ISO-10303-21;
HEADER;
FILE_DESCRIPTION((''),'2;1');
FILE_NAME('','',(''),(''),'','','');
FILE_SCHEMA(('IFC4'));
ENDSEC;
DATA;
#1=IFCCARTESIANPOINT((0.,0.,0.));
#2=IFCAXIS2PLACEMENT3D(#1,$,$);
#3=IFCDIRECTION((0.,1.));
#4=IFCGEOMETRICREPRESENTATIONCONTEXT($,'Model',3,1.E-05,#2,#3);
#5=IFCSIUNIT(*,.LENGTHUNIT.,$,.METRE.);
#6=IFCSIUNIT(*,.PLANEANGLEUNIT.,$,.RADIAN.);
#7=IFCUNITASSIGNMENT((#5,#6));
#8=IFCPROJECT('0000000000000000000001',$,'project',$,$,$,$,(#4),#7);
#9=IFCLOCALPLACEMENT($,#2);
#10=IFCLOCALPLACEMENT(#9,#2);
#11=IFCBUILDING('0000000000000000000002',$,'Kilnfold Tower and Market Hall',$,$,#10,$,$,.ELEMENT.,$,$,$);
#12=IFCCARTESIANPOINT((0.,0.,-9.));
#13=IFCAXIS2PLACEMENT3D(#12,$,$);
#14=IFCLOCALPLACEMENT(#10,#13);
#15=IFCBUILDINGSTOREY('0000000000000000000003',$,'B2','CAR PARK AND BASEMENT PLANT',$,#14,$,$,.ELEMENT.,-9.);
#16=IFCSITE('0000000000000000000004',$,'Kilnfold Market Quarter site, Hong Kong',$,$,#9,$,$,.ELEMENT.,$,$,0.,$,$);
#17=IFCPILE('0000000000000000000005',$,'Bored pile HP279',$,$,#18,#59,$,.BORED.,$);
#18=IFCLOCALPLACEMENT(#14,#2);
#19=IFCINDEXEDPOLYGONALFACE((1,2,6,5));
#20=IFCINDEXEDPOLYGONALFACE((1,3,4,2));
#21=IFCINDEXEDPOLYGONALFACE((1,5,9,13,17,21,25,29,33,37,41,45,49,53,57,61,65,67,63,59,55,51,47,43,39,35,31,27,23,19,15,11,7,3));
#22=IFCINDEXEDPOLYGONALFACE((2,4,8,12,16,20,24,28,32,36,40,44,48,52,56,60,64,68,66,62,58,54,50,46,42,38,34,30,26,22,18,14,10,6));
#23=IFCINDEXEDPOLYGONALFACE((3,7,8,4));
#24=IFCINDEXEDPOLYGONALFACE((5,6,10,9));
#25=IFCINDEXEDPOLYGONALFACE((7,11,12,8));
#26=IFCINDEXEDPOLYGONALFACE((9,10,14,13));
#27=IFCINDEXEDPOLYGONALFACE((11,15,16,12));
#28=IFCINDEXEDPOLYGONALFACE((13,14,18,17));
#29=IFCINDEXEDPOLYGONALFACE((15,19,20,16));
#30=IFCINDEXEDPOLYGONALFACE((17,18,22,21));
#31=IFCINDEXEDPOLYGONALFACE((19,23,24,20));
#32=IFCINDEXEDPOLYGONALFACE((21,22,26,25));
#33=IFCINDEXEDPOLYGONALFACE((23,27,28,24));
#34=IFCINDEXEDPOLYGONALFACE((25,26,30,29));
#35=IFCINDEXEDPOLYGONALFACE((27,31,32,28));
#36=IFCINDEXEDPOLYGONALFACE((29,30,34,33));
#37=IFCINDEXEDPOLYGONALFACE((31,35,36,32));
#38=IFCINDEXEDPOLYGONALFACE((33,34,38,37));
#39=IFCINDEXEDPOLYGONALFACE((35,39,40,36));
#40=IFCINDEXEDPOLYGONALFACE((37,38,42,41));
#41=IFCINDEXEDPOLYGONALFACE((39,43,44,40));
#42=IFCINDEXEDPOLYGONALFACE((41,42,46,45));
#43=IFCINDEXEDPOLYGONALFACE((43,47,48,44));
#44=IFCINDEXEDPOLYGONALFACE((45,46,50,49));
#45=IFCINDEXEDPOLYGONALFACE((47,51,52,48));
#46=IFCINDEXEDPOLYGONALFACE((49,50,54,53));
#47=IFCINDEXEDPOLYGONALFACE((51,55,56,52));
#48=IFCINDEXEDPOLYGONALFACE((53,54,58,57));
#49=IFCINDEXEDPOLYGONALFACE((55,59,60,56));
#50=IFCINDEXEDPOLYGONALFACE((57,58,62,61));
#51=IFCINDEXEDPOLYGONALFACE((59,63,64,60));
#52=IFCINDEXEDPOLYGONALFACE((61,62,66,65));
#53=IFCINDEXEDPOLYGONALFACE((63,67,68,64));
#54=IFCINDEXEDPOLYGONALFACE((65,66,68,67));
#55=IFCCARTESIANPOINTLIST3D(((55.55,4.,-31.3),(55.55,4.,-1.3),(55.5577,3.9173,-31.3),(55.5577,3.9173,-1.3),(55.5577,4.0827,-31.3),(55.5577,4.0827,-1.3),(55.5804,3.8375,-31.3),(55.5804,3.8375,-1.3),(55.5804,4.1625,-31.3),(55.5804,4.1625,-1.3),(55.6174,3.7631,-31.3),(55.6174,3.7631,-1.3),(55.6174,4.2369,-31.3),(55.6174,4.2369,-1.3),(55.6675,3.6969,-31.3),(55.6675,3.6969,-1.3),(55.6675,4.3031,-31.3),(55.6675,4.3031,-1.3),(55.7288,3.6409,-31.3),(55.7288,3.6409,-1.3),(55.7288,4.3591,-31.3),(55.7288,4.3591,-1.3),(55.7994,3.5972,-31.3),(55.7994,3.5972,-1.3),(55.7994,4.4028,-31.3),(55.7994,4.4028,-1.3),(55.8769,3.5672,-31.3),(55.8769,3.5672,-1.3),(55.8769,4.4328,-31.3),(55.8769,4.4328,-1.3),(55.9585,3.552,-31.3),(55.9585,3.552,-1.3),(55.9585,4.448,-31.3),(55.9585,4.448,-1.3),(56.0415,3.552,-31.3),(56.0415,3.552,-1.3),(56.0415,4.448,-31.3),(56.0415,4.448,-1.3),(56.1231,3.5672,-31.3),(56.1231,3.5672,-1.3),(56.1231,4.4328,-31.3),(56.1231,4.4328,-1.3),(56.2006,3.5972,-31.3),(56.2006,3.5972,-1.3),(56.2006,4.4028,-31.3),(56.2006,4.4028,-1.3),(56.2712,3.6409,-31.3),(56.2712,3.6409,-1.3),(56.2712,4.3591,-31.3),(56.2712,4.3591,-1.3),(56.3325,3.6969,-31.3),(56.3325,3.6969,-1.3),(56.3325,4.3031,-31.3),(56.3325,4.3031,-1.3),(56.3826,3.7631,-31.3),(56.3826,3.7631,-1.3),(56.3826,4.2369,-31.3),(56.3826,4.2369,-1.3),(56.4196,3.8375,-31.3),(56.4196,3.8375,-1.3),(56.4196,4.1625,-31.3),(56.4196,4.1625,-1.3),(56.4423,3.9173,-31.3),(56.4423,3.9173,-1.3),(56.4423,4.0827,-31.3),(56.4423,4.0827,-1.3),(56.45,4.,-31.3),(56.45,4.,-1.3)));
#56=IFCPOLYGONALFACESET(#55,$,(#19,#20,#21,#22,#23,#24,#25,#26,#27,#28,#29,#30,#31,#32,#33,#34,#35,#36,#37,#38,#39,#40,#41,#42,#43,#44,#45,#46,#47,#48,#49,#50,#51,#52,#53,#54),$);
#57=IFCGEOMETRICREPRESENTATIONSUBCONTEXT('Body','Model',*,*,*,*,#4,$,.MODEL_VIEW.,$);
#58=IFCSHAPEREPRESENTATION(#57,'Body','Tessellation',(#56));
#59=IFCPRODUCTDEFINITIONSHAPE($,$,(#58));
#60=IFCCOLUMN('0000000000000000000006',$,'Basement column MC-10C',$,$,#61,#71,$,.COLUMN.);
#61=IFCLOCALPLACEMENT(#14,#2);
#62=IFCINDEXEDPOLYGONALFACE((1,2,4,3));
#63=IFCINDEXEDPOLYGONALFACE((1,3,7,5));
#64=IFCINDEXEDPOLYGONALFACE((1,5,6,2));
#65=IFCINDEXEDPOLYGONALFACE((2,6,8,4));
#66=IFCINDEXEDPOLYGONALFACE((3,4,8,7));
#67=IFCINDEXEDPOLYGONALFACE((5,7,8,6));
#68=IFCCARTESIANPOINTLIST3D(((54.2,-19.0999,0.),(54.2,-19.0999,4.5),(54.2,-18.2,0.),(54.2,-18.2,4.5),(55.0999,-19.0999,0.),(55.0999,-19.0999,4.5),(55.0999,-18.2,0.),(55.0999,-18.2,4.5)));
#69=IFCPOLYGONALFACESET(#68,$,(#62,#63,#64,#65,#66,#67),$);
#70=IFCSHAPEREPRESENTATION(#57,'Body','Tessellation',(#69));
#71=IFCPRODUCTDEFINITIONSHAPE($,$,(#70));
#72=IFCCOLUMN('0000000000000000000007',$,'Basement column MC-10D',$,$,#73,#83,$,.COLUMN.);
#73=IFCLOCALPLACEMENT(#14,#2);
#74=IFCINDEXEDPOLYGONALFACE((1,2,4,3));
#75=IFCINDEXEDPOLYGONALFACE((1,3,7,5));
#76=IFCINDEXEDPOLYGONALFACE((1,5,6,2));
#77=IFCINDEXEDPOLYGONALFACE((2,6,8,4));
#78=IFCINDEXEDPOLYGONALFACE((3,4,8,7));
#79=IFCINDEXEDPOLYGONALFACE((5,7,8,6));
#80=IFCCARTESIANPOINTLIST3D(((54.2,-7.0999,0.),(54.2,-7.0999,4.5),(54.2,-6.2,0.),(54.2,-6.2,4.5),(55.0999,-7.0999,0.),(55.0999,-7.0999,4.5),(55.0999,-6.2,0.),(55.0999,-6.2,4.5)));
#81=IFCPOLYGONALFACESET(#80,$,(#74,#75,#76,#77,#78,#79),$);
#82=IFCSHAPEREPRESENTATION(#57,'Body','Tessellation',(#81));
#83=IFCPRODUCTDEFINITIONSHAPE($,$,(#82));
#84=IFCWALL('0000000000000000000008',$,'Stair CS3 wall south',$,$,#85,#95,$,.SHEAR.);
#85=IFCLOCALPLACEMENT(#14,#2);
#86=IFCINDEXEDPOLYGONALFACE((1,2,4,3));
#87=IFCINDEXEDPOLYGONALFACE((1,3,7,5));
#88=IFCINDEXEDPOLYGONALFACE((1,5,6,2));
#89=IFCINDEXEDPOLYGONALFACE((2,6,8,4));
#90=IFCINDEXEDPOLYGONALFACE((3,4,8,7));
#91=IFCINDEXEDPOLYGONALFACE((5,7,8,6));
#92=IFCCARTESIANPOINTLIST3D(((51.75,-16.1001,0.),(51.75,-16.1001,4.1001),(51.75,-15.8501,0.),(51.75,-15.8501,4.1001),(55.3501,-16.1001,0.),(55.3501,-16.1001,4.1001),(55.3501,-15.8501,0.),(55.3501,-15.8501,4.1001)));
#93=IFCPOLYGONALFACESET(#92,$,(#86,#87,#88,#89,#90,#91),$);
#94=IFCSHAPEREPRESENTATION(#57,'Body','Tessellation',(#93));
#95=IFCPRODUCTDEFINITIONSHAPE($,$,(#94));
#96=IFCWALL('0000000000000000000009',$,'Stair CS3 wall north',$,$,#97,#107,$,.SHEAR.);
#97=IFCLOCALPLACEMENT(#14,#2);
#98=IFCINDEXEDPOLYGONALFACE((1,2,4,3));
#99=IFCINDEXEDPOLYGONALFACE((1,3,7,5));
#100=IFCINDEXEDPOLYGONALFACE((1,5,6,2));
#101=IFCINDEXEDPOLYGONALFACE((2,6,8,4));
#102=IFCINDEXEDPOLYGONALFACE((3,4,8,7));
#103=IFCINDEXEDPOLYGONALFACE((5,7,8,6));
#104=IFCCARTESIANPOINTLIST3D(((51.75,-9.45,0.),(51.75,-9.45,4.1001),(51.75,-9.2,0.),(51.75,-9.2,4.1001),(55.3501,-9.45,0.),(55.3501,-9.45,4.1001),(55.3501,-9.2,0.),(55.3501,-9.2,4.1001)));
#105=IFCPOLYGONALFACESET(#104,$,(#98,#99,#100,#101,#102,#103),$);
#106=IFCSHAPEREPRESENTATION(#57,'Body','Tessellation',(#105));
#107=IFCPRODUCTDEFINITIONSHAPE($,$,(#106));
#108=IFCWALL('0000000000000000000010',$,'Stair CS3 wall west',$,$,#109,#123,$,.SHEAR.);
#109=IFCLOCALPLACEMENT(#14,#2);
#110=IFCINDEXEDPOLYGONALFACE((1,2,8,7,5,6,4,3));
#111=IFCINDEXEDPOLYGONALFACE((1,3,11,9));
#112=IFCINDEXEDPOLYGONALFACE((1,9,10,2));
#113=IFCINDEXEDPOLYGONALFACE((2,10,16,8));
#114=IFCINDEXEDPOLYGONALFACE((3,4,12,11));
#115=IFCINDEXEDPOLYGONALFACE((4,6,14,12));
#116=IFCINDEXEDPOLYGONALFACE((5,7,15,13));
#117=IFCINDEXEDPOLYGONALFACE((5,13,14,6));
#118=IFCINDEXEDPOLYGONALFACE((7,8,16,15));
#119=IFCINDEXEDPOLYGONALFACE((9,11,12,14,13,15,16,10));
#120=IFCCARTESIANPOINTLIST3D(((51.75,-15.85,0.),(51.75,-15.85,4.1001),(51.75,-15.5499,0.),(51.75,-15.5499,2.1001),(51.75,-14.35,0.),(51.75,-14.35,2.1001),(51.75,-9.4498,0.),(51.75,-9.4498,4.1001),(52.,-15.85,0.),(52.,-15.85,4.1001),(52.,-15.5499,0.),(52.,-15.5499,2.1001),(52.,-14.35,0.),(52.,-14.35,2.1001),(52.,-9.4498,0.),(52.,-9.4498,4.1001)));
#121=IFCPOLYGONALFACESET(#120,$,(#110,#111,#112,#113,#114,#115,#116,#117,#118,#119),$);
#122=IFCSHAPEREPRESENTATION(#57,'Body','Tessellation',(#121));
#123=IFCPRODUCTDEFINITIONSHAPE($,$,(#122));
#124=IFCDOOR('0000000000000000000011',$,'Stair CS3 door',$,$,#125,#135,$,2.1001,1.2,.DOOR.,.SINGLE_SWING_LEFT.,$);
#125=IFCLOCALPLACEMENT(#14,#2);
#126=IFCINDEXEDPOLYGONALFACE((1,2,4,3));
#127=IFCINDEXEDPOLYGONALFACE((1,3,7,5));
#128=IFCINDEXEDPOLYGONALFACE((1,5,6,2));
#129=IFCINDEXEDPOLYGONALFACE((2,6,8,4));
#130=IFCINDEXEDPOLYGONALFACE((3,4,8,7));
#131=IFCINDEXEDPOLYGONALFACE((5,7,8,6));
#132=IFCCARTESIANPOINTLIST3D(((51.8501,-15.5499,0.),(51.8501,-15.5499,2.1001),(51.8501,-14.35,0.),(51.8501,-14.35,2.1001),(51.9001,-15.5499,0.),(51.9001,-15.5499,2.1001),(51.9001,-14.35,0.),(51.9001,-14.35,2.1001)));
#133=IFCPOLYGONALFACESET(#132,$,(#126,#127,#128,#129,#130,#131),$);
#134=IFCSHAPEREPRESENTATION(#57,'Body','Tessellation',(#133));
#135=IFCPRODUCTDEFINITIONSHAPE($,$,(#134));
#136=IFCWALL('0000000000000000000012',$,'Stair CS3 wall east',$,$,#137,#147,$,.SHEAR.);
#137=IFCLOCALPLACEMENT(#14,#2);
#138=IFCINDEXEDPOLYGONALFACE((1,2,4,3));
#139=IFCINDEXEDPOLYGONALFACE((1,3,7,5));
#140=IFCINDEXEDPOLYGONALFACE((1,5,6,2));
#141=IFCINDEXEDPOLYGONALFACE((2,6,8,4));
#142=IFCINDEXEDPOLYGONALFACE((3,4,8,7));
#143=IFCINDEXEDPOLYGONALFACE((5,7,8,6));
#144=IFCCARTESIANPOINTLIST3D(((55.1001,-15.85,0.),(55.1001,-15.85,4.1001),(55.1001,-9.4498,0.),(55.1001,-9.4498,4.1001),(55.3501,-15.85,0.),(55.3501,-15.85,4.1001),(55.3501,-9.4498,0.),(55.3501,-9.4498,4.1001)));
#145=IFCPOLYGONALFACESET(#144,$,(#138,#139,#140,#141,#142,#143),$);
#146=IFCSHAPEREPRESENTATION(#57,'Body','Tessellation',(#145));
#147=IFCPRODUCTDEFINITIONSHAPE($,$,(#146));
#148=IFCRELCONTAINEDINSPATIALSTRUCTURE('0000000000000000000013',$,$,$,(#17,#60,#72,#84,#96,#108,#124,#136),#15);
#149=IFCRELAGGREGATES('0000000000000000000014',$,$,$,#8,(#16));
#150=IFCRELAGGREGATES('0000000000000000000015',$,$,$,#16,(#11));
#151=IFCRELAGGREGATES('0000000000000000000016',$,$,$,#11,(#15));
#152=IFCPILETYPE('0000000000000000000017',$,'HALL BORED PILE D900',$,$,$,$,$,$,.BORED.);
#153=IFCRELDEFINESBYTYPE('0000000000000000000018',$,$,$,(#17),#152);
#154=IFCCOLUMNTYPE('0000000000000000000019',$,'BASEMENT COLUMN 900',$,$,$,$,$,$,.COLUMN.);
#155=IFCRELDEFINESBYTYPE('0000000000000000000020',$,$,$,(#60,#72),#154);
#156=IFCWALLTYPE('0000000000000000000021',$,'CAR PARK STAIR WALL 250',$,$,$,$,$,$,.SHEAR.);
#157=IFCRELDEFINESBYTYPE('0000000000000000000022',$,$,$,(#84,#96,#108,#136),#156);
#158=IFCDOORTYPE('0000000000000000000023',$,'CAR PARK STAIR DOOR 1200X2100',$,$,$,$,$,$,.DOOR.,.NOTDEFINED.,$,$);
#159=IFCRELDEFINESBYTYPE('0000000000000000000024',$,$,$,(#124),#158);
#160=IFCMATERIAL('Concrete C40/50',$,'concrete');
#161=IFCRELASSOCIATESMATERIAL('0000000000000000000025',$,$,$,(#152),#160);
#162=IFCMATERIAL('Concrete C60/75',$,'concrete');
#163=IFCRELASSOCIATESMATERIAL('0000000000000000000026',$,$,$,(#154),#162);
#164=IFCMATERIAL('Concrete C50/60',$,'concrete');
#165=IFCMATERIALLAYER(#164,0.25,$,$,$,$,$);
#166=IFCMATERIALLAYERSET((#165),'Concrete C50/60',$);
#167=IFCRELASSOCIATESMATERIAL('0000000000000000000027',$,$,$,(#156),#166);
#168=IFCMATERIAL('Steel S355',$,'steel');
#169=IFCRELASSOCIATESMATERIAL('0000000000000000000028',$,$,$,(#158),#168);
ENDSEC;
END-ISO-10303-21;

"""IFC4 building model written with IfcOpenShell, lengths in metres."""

from ifc_helpers import new_model, si_unit, direction, frame, frame_2d, origin, origin_2d, place, context, subcontext, project, spatial, rectangle, circle, extrude, source, transform, mapped, material, layer, layer_set, material_profile, profile_set, type_object, element, fill, save


model = new_model("IFC4")

# Units and contexts
model_context = context("Model", 3, precision=1e-05, world=origin(), true_north=direction((0.0, 1.0)))
body_context = subcontext(model_context, "Body", "Model", "MODEL_VIEW")
ifc_project = project(units=[si_unit("LENGTHUNIT", "METRE"), si_unit("PLANEANGLEUNIT", "RADIAN")], contexts=[model_context])

# Site, building, storey
site_placement = place(None, origin())
site = spatial("IfcSite", under=ifc_project, at=site_placement, Name="Kilnfold Market Quarter site, Hong Kong", CompositionType="ELEMENT", RefElevation=0.0)
building_placement = place(site_placement, origin())
building = spatial("IfcBuilding", under=site, at=building_placement, Name="Kilnfold Tower and Market Hall", CompositionType="ELEMENT")
storey_placement = place(building_placement, frame((0.0, 0.0, -9.0)))
storey = spatial("IfcBuildingStorey", under=building, at=storey_placement, Name="B2", Description="CAR PARK AND BASEMENT PLANT", CompositionType="ELEMENT", Elevation=-9.0)

# Pile
ifc_material_1 = material(Name="Concrete C40/50", Category="concrete")
ifc_material_profile_1 = material_profile(ifc_material_1, circle(Radius=0.45, at=origin_2d()), Name="D900")
ifc_profile_set_1 = profile_set([ifc_material_profile_1], Name="Concrete C40/50")
pile_type = type_object("IfcPileType", Name="HALL BORED PILE D900", PredefinedType="BORED", material=ifc_profile_set_1)
shared_shape_1 = source(origin(), body_context, "Body", "SweptSolid", [
    extrude(circle(Radius=0.45, at=origin_2d()), origin(), (0.0, 0.0, 1.0), 30.0),
])
for number, where, z_axis, x_axis, name in (
    (1, (56.0, 4.0, -1.3), (0.0, 0.0, -1.0), (1.0, 0.0, 0.0), "Bored pile HP279"),
):
    element("IfcPile", number, at=place(storey_placement, frame(where, z_axis=z_axis, x_axis=x_axis)), inside=storey, type_object=pile_type, Name=name, PredefinedType="BORED", context=body_context, shape_type="MappedRepresentation", body=[
        mapped(shared_shape_1, transform((0.0, 0.0, 0.0))),
    ])

# Columns
ifc_material_2 = material(Name="Concrete C60/75", Category="concrete")
ifc_material_profile_2 = material_profile(ifc_material_2, rectangle(XDim=0.8999, YDim=0.8999, at=origin_2d()), Name="RC 900x900")
ifc_profile_set_2 = profile_set([ifc_material_profile_2], Name="Concrete C60/75")
column_type = type_object("IfcColumnType", Name="BASEMENT COLUMN 900", PredefinedType="COLUMN", material=ifc_profile_set_2)
shared_shape_2 = source(origin(), body_context, "Body", "SweptSolid", [
    extrude(rectangle(XDim=0.8999, YDim=0.8999, at=origin_2d()), origin(), (0.0, 0.0, 1.0), 4.5),
])
for number, where, z_axis, x_axis, name in (
    (2, (54.6499, -18.6499, 0.0), (0.0, 0.0, 1.0), (1.0, 0.0, 0.0), "Basement column MC-10C"),
    (3, (54.6499, -6.6499, 0.0), (0.0, 0.0, 1.0), (1.0, 0.0, 0.0), "Basement column MC-10D"),
):
    element("IfcColumn", number, at=place(storey_placement, frame(where, z_axis=z_axis, x_axis=x_axis)), inside=storey, type_object=column_type, Name=name, PredefinedType="COLUMN", context=body_context, shape_type="MappedRepresentation", body=[
        mapped(shared_shape_2, transform((0.0, 0.0, 0.0))),
    ])

# Walls
ifc_material_3 = material(Name="Concrete C50/60", Category="concrete")
ifc_layer = layer(ifc_material_3, 0.25)
ifc_layer_set = layer_set([ifc_layer], Name="Concrete C50/60")
wall_type = type_object("IfcWallType", Name="CAR PARK STAIR WALL 250", PredefinedType="SHEAR", material=ifc_layer_set)
shared_shape_3 = source(origin(), body_context, "Body", "SweptSolid", [
    extrude(rectangle(XDim=3.6001, YDim=0.25, at=frame_2d((1.8, 0.0))), origin(), (0.0, 0.0, 1.0), 4.1001),
])
for number, where, z_axis, x_axis, name in (
    (4, (51.75, -15.9751, 0.0), (0.0, 0.0, 1.0), (1.0, 0.0, 0.0), "Stair CS3 wall south"),
    (5, (51.75, -9.325, 0.0), (0.0, 0.0, 1.0), (1.0, 0.0, 0.0), "Stair CS3 wall north"),
):
    element("IfcWall", number, at=place(storey_placement, frame(where, z_axis=z_axis, x_axis=x_axis)), inside=storey, type_object=wall_type, Name=name, PredefinedType="SHEAR", context=body_context, shape_type="MappedRepresentation", body=[
        mapped(shared_shape_3, transform((0.0, 0.0, 0.0))),
    ])

# Wall, opening, door
shared_shape_4 = source(origin(), body_context, "Body", "SweptSolid", [
    extrude(rectangle(XDim=6.4001, YDim=0.25, at=frame_2d((3.2002, 0.0))), origin(), (0.0, 0.0, 1.0), 4.1001),
])
wall_1_placement = place(storey_placement, frame((51.875, -15.8501, 0.0), z_axis=(0.0, 0.0, 1.0), x_axis=(0.0, 1.0, 0.0)))
wall_1 = element("IfcWall", 6, at=wall_1_placement, inside=storey, type_object=wall_type, Name="Stair CS3 wall west", PredefinedType="SHEAR", context=body_context, shape_type="MappedRepresentation", body=[
    mapped(shared_shape_4, transform((0.0, 0.0, 0.0))),
])
opening_placement = place(wall_1_placement, frame((0.3, 0.0, 0.0)))
opening = element("IfcOpeningElement", 7, at=opening_placement, cuts=wall_1, PredefinedType="OPENING", context=body_context, shape_type="SweptSolid", body=[
    extrude(rectangle(XDim=1.2, YDim=2.1001, at=frame_2d((0.6001, 1.05))), frame((0.0, 0.135, 0.0), z_axis=(0.0, -1.0, 0.0), x_axis=(1.0, 0.0, 0.0)), (0.0, 0.0, 1.0), 0.27),
])
ifc_material_4 = material(Name="Steel S355", Category="steel")
door_type = type_object("IfcDoorType", Name="CAR PARK STAIR DOOR 1200X2100", OperationType="NOTDEFINED", PredefinedType="DOOR", material=ifc_material_4)
door_placement = place(opening_placement, origin())
door = element("IfcDoor", 8, at=door_placement, inside=storey, type_object=door_type, Name="Stair CS3 door", OperationType="SINGLE_SWING_LEFT", OverallHeight=2.1001, OverallWidth=1.2, PredefinedType="DOOR", context=body_context, shape_type="SweptSolid", body=[
    extrude(rectangle(XDim=1.2, YDim=2.1001, at=frame_2d((0.6001, 1.05))), frame((0.0, 0.0249, 0.0), z_axis=(0.0, -1.0, 0.0), x_axis=(1.0, 0.0, 0.0)), (0.0, 0.0, 1.0), 0.05),
])
fill(opening, door)

# Wall
wall_2_placement = place(storey_placement, frame((55.2251, -15.8501, 0.0), z_axis=(0.0, 0.0, 1.0), x_axis=(0.0, 1.0, 0.0)))
element("IfcWall", 9, at=wall_2_placement, inside=storey, type_object=wall_type, Name="Stair CS3 wall east", PredefinedType="SHEAR", context=body_context, shape_type="MappedRepresentation", body=[
    mapped(shared_shape_4, transform((0.0, 0.0, 0.0))),
])

save(model, "model.ifc")
